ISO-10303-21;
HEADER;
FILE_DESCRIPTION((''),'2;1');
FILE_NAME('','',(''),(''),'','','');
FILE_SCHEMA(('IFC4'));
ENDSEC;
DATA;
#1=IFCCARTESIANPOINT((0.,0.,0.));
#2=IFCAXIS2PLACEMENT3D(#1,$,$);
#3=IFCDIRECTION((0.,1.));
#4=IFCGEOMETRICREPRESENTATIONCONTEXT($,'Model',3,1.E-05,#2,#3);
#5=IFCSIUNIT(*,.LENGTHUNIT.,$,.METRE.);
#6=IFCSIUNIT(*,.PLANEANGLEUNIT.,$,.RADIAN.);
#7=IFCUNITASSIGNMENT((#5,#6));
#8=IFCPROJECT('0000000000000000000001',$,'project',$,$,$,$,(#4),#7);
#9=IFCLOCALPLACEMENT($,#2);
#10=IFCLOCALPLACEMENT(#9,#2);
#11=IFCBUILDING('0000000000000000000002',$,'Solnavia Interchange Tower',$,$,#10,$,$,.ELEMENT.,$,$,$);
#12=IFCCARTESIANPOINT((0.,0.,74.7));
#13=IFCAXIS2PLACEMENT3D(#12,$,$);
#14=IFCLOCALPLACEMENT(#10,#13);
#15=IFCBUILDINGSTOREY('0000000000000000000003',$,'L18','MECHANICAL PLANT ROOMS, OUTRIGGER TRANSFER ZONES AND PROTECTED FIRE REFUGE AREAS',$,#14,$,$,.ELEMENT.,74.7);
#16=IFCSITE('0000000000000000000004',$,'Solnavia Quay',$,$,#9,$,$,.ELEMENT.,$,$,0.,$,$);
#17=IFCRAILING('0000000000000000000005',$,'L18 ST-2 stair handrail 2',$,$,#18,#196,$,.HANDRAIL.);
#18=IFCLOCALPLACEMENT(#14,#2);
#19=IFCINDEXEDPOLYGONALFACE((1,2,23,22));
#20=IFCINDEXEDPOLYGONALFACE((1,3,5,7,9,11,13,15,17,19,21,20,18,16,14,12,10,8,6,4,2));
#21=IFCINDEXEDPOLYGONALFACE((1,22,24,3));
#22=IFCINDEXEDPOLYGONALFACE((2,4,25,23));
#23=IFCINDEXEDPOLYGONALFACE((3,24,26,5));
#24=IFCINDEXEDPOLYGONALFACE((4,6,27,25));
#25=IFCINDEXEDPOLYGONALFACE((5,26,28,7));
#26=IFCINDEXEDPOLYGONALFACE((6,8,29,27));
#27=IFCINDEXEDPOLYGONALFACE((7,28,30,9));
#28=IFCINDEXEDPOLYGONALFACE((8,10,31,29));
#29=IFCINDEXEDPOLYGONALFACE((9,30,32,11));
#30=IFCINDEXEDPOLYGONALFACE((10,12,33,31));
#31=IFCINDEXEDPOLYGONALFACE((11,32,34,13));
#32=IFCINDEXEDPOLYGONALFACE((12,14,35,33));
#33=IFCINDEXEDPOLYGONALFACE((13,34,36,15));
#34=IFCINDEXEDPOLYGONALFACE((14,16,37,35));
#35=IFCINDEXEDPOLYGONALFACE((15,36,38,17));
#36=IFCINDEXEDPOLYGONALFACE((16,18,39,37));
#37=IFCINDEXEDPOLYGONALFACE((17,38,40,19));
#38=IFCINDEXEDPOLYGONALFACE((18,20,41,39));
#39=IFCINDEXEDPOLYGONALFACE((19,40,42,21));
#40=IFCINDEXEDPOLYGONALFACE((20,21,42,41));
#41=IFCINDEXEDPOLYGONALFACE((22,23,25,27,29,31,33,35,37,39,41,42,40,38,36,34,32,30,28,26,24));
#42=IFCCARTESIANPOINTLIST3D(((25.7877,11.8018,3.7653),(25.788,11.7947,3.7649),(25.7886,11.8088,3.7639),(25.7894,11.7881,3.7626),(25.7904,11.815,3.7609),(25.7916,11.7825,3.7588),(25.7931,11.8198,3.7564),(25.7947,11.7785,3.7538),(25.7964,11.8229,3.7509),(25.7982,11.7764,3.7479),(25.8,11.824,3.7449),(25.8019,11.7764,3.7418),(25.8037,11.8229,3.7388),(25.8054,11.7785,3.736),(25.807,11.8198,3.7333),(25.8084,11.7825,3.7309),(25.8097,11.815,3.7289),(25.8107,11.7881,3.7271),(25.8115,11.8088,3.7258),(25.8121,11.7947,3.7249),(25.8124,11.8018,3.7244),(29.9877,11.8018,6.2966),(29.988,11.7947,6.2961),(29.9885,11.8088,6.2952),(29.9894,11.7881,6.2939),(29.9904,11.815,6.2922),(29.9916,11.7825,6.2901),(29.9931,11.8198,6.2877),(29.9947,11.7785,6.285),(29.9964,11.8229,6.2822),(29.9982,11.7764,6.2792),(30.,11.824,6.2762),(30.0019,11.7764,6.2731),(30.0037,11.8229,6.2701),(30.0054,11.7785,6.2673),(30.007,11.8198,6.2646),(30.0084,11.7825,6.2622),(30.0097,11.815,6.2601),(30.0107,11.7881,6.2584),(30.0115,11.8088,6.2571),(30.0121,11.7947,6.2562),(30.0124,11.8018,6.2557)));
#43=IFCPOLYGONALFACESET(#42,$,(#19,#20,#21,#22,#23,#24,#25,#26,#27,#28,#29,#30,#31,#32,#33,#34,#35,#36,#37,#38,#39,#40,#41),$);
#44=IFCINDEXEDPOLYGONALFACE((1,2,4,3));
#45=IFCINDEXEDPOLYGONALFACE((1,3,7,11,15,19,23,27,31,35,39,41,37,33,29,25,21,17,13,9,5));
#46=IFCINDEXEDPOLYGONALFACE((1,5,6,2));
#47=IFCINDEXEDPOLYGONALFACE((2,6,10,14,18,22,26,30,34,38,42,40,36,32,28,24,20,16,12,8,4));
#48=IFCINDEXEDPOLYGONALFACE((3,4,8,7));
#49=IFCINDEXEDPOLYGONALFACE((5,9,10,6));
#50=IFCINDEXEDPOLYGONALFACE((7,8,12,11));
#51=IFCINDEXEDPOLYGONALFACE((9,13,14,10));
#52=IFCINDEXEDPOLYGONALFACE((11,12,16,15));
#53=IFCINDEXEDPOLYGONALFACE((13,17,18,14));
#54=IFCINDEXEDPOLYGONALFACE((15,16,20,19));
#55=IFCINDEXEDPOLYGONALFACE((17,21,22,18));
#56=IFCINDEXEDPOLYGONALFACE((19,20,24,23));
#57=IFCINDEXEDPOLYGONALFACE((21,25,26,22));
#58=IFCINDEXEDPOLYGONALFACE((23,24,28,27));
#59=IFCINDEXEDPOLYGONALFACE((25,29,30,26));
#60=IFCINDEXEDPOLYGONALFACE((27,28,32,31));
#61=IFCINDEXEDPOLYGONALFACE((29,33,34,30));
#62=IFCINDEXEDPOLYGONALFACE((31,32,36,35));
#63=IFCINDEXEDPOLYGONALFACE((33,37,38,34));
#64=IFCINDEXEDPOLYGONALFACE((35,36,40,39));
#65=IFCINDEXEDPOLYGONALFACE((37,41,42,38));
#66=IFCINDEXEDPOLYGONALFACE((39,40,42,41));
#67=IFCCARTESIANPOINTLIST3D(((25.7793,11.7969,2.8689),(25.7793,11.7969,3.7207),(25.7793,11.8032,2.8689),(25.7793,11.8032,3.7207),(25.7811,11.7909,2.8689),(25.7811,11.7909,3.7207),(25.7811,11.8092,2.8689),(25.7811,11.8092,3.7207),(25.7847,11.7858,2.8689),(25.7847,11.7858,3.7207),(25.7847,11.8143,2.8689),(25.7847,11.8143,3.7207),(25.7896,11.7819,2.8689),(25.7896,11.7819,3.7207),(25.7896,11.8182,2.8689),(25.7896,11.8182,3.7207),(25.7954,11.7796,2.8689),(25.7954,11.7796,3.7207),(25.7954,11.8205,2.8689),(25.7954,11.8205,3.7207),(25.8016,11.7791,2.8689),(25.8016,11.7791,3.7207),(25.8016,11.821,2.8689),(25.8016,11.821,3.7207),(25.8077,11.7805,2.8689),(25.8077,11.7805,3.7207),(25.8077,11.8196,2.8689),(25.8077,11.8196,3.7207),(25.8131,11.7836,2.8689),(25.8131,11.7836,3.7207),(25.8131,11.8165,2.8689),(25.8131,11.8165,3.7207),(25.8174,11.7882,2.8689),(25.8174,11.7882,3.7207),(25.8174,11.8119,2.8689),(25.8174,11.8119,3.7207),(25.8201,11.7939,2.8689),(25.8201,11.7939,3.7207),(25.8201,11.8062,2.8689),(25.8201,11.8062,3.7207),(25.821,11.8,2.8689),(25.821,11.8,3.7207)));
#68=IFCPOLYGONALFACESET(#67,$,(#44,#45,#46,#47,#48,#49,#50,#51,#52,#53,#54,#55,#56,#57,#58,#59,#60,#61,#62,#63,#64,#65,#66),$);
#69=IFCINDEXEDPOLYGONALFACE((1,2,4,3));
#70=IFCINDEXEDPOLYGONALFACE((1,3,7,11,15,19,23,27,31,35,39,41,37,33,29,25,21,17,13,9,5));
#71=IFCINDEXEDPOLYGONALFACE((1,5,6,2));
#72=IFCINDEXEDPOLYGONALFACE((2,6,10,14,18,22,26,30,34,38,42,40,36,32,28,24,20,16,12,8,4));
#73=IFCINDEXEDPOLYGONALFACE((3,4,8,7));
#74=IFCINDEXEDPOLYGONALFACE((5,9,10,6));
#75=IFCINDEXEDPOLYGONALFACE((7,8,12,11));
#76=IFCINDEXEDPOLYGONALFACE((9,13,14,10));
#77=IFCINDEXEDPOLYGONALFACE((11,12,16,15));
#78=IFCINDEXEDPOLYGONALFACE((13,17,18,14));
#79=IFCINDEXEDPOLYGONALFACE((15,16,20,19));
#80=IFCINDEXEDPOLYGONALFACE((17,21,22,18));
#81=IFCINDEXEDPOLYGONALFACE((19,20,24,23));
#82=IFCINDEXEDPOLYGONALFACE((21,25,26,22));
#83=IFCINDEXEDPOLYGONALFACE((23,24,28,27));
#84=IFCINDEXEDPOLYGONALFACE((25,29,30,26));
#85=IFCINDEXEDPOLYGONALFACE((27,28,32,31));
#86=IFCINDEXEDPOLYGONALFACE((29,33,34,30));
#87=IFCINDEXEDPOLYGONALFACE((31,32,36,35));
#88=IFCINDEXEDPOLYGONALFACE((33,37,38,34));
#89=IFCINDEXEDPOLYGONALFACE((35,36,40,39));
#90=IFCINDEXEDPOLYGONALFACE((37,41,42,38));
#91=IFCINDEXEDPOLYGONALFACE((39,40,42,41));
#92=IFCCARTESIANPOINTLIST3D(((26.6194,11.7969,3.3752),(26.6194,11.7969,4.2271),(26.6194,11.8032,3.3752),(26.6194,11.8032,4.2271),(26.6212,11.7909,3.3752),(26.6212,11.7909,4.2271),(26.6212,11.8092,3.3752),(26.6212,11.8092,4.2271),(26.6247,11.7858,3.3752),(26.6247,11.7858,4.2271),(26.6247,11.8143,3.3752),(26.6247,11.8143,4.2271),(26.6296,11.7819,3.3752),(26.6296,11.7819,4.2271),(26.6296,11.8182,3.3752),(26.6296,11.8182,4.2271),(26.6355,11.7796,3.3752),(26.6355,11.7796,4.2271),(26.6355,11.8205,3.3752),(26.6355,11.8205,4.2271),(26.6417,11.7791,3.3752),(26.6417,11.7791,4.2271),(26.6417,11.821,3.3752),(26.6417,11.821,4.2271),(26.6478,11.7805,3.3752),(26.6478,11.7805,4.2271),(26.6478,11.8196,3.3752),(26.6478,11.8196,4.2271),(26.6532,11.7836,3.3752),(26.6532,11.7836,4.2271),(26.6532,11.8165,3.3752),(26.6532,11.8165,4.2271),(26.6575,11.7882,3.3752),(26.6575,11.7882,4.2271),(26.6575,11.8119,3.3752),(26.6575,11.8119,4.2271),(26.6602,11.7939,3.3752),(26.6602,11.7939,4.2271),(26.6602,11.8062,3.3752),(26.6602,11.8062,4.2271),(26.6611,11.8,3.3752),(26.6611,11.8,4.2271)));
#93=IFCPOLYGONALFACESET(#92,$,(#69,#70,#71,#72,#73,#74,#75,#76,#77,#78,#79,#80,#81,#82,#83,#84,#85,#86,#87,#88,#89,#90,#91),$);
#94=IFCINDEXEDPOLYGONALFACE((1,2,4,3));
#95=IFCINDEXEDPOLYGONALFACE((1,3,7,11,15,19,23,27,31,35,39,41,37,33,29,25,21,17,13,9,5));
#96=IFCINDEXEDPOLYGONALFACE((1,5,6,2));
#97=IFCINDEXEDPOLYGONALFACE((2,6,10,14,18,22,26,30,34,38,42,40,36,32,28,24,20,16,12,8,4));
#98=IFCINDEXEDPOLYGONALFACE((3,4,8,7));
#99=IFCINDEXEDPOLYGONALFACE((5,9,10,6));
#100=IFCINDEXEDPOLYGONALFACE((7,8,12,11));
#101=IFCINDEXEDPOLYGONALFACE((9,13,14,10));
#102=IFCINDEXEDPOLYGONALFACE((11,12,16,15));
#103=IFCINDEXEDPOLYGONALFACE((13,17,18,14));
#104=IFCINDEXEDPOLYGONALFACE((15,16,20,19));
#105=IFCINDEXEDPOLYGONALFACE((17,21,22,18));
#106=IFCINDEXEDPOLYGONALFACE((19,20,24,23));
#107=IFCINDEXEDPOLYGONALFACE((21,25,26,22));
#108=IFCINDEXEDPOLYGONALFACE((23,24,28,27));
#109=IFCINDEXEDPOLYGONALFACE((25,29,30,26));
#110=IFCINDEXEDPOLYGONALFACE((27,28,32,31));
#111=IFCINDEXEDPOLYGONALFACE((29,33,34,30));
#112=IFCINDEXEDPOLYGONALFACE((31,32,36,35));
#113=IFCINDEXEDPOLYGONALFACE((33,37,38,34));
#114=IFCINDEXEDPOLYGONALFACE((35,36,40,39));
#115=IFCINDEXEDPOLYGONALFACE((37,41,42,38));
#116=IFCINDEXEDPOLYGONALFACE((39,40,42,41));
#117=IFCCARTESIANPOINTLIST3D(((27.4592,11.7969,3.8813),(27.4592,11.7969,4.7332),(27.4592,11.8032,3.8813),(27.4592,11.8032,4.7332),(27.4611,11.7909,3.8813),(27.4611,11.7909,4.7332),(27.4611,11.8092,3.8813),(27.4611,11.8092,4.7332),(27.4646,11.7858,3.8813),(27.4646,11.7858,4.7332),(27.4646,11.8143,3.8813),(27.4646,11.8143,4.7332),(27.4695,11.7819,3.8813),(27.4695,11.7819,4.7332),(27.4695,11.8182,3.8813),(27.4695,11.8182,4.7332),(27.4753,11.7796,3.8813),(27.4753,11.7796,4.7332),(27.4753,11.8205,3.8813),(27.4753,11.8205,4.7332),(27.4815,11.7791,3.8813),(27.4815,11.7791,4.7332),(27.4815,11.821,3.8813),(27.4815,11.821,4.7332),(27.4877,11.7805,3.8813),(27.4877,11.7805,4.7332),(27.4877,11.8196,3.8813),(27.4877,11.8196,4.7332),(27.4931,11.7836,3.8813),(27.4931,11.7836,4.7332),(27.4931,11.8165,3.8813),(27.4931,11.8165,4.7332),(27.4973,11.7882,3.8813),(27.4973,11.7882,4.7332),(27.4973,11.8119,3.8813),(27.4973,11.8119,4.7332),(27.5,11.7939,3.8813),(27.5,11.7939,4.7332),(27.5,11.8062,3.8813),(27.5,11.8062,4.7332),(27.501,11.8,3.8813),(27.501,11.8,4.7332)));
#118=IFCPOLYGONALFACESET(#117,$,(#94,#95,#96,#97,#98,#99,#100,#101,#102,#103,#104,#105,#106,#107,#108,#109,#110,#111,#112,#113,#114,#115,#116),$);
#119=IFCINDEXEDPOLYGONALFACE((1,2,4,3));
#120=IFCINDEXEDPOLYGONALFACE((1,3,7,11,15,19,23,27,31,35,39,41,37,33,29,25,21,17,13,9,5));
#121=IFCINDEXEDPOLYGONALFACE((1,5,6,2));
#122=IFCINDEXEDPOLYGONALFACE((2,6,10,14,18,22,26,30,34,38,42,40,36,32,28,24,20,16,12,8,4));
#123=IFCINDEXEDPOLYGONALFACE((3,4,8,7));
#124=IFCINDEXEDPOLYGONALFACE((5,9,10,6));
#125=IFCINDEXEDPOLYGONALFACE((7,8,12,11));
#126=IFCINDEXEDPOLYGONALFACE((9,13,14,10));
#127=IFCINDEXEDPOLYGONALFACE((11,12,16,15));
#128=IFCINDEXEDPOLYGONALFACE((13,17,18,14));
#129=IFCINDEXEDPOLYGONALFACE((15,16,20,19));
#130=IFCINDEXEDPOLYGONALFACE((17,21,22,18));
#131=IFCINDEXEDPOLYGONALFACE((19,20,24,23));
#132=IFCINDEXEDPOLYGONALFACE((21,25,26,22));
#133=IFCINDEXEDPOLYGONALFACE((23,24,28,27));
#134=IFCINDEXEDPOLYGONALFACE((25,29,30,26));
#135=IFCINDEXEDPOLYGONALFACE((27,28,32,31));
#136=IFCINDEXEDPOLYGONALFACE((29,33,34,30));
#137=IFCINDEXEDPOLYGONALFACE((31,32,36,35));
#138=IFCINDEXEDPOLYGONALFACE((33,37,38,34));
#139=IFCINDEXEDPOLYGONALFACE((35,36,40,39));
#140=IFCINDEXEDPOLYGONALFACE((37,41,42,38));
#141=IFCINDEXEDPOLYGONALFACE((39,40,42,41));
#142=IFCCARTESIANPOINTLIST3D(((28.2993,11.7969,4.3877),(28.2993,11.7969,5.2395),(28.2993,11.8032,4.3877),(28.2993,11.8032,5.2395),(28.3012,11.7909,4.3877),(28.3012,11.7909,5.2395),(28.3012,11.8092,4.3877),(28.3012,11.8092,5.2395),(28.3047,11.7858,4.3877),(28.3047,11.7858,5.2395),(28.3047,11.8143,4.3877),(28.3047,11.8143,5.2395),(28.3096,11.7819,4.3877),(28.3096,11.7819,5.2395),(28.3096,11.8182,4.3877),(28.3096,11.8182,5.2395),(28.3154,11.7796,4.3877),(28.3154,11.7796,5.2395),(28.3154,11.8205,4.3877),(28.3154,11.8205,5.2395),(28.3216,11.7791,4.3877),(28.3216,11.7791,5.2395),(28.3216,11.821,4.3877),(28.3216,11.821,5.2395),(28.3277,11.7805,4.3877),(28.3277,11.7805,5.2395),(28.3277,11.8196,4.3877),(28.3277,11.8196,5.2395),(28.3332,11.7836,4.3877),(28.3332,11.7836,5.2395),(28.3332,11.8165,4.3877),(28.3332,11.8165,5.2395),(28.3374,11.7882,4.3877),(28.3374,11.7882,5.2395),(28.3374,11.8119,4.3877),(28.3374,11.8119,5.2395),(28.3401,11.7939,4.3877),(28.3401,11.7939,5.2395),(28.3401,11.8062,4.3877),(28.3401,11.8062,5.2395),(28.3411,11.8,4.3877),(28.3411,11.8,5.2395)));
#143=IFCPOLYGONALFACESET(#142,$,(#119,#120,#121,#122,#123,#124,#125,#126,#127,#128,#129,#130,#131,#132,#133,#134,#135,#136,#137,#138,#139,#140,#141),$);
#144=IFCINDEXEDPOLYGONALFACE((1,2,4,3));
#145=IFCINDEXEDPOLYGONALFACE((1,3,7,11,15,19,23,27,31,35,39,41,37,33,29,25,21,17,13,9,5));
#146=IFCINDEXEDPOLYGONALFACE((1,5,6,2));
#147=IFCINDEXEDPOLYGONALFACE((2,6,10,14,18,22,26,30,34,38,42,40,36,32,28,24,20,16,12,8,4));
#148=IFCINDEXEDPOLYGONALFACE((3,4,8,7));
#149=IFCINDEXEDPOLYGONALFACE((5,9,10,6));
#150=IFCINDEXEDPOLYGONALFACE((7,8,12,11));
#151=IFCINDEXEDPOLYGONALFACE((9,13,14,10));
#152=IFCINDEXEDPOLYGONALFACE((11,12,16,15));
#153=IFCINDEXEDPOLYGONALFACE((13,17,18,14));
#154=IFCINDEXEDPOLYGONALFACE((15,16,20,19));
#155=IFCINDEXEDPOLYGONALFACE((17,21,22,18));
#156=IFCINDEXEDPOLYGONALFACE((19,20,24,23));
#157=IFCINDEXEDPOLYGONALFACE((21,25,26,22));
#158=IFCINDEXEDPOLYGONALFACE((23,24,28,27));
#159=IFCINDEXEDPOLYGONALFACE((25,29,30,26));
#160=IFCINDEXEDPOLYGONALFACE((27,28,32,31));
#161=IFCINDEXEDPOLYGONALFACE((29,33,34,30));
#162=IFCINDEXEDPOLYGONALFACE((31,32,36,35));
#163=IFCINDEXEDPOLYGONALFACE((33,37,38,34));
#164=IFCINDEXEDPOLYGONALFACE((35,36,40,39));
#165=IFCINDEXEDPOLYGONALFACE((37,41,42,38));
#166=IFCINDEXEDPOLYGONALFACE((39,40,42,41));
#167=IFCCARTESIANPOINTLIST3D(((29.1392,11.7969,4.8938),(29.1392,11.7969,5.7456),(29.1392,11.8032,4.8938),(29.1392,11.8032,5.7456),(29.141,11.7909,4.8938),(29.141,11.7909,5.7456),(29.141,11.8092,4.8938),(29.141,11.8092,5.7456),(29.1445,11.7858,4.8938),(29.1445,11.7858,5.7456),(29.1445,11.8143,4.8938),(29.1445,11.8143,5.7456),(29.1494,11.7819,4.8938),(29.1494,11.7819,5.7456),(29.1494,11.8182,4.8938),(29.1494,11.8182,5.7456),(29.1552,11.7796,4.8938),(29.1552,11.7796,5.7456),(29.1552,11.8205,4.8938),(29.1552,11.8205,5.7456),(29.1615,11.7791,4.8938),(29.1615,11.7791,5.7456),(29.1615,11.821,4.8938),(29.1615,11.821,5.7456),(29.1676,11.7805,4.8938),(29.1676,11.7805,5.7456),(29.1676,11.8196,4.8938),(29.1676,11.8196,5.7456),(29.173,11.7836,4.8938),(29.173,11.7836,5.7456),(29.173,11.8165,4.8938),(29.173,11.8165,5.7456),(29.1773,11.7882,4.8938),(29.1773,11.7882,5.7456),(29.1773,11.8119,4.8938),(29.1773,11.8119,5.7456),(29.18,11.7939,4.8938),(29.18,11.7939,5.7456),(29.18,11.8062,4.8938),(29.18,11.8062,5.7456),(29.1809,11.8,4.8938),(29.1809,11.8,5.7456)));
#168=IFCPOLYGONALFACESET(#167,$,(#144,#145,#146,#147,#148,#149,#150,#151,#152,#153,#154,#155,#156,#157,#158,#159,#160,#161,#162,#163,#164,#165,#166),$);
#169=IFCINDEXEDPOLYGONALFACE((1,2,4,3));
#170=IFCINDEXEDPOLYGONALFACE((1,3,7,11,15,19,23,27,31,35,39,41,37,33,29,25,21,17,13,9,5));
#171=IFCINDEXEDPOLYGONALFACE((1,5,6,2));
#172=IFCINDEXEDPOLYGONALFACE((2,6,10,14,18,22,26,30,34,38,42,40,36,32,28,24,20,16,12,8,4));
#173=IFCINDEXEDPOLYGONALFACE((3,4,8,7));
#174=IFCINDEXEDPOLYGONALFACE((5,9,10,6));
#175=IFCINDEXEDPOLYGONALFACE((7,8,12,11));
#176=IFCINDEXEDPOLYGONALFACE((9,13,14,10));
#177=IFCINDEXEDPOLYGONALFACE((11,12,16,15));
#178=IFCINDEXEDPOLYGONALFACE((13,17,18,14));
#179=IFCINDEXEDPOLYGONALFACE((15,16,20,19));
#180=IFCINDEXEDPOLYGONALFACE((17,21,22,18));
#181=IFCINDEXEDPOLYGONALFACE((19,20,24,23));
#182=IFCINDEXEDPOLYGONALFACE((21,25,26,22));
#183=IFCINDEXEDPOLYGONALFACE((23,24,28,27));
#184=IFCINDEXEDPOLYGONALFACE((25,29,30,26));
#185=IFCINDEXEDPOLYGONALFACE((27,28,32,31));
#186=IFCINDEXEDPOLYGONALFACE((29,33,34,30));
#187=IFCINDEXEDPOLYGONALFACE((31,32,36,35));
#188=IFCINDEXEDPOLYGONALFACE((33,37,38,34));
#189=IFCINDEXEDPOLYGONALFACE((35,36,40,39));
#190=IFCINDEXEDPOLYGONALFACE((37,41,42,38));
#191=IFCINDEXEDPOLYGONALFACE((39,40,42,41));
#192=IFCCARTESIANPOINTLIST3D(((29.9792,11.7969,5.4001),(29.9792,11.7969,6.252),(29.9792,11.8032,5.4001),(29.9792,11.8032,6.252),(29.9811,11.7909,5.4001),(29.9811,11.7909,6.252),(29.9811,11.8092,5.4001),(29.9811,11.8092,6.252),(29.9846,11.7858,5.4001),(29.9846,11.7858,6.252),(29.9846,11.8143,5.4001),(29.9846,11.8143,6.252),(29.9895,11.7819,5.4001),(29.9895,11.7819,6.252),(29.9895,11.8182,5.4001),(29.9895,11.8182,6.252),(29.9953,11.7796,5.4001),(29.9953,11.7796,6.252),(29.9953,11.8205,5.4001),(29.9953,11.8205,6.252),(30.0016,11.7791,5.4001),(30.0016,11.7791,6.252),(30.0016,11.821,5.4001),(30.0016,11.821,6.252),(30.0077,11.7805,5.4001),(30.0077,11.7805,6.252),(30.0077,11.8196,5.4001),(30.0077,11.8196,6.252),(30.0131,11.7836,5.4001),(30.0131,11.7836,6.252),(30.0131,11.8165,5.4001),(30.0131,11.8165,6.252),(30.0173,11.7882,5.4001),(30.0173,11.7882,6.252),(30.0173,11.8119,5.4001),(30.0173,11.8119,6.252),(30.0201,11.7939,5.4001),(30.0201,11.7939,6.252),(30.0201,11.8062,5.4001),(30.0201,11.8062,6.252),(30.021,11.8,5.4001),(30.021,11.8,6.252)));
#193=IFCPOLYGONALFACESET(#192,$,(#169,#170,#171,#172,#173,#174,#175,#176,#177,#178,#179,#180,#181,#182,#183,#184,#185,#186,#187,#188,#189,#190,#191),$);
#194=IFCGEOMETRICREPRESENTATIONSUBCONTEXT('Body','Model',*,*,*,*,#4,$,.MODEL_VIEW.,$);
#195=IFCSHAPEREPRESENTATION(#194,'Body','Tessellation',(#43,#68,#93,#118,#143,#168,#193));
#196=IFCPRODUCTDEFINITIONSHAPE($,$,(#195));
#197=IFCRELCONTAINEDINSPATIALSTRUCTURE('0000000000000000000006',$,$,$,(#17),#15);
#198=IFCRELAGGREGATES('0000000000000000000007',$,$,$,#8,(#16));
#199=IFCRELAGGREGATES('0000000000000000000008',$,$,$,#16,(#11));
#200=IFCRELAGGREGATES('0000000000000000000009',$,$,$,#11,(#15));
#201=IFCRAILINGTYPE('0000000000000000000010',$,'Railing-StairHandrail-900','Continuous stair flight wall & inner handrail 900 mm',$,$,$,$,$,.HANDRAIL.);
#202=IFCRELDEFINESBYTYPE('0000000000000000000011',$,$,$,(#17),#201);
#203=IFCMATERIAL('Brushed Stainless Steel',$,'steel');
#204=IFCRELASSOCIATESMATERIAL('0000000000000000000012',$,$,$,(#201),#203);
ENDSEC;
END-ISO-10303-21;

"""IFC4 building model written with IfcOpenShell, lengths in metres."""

from ifc_helpers import new_model, si_unit, direction, frame, origin, origin_2d, place, context, subcontext, project, spatial, circle, extrude, material, type_object, element, save


model = new_model("IFC4")

# Units and contexts
model_context = context("Model", 3, precision=1e-05, world=origin(), true_north=direction((0.0, 1.0)))
body_context = subcontext(model_context, "Body", "Model", "MODEL_VIEW")
ifc_project = project(units=[si_unit("LENGTHUNIT", "METRE"), si_unit("PLANEANGLEUNIT", "RADIAN")], contexts=[model_context])

# Site, building, storey
site_placement = place(None, origin())
site = spatial("IfcSite", under=ifc_project, at=site_placement, Name="Solnavia Quay", CompositionType="ELEMENT", RefElevation=0.0)
building_placement = place(site_placement, origin())
building = spatial("IfcBuilding", under=site, at=building_placement, Name="Solnavia Interchange Tower", CompositionType="ELEMENT")
storey_placement = place(building_placement, frame((0.0, 0.0, 74.7)))
storey = spatial("IfcBuildingStorey", under=building, at=storey_placement, Name="L18", Description="MECHANICAL PLANT ROOMS, OUTRIGGER TRANSFER ZONES AND PROTECTED FIRE REFUGE AREAS", CompositionType="ELEMENT", Elevation=74.7)

# Railing
ifc_material_1 = material(Name="Brushed Stainless Steel", Category="steel")
railing_type_1 = type_object("IfcRailingType", Name="Railing-StairHandrail-900", Description="Continuous stair flight wall & inner handrail 900 mm", PredefinedType="HANDRAIL", material=ifc_material_1)
railing_1_placement = place(storey_placement, frame((25.8, 11.8, 2.8689)))
element("IfcRailing", 1, at=railing_1_placement, inside=storey, type_object=railing_type_1, Name="L18 ST-2 stair handrail 2", PredefinedType="HANDRAIL", context=body_context, shape_type="SweptSolid", body=[
    extrude(circle(Radius=0.0239, at=origin_2d()), frame((0.0, 0.0, 0.876), z_axis=(0.856476, 0.0, 0.516186), x_axis=(0.0, 1.0, 0.0)), (0.0, 0.0, 1.0), 4.9038),
    extrude(circle(Radius=0.021, at=origin_2d()), origin(), (0.0, 0.0, 1.0), 0.8518),
    extrude(circle(Radius=0.021, at=origin_2d()), frame((0.8401, 0.0, 0.5063)), (0.0, 0.0, 1.0), 0.8518),
    extrude(circle(Radius=0.021, at=origin_2d()), frame((1.6799, 0.0, 1.0125)), (0.0, 0.0, 1.0), 0.8518),
    extrude(circle(Radius=0.021, at=origin_2d()), frame((2.52, 0.0, 1.5188)), (0.0, 0.0, 1.0), 0.8518),
    extrude(circle(Radius=0.021, at=origin_2d()), frame((3.3599, 0.0, 2.0249)), (0.0, 0.0, 1.0), 0.8518),
    extrude(circle(Radius=0.021, at=origin_2d()), frame((4.2, 0.0, 2.5312)), (0.0, 0.0, 1.0), 0.8518),
])

save(model, "model.ifc")
